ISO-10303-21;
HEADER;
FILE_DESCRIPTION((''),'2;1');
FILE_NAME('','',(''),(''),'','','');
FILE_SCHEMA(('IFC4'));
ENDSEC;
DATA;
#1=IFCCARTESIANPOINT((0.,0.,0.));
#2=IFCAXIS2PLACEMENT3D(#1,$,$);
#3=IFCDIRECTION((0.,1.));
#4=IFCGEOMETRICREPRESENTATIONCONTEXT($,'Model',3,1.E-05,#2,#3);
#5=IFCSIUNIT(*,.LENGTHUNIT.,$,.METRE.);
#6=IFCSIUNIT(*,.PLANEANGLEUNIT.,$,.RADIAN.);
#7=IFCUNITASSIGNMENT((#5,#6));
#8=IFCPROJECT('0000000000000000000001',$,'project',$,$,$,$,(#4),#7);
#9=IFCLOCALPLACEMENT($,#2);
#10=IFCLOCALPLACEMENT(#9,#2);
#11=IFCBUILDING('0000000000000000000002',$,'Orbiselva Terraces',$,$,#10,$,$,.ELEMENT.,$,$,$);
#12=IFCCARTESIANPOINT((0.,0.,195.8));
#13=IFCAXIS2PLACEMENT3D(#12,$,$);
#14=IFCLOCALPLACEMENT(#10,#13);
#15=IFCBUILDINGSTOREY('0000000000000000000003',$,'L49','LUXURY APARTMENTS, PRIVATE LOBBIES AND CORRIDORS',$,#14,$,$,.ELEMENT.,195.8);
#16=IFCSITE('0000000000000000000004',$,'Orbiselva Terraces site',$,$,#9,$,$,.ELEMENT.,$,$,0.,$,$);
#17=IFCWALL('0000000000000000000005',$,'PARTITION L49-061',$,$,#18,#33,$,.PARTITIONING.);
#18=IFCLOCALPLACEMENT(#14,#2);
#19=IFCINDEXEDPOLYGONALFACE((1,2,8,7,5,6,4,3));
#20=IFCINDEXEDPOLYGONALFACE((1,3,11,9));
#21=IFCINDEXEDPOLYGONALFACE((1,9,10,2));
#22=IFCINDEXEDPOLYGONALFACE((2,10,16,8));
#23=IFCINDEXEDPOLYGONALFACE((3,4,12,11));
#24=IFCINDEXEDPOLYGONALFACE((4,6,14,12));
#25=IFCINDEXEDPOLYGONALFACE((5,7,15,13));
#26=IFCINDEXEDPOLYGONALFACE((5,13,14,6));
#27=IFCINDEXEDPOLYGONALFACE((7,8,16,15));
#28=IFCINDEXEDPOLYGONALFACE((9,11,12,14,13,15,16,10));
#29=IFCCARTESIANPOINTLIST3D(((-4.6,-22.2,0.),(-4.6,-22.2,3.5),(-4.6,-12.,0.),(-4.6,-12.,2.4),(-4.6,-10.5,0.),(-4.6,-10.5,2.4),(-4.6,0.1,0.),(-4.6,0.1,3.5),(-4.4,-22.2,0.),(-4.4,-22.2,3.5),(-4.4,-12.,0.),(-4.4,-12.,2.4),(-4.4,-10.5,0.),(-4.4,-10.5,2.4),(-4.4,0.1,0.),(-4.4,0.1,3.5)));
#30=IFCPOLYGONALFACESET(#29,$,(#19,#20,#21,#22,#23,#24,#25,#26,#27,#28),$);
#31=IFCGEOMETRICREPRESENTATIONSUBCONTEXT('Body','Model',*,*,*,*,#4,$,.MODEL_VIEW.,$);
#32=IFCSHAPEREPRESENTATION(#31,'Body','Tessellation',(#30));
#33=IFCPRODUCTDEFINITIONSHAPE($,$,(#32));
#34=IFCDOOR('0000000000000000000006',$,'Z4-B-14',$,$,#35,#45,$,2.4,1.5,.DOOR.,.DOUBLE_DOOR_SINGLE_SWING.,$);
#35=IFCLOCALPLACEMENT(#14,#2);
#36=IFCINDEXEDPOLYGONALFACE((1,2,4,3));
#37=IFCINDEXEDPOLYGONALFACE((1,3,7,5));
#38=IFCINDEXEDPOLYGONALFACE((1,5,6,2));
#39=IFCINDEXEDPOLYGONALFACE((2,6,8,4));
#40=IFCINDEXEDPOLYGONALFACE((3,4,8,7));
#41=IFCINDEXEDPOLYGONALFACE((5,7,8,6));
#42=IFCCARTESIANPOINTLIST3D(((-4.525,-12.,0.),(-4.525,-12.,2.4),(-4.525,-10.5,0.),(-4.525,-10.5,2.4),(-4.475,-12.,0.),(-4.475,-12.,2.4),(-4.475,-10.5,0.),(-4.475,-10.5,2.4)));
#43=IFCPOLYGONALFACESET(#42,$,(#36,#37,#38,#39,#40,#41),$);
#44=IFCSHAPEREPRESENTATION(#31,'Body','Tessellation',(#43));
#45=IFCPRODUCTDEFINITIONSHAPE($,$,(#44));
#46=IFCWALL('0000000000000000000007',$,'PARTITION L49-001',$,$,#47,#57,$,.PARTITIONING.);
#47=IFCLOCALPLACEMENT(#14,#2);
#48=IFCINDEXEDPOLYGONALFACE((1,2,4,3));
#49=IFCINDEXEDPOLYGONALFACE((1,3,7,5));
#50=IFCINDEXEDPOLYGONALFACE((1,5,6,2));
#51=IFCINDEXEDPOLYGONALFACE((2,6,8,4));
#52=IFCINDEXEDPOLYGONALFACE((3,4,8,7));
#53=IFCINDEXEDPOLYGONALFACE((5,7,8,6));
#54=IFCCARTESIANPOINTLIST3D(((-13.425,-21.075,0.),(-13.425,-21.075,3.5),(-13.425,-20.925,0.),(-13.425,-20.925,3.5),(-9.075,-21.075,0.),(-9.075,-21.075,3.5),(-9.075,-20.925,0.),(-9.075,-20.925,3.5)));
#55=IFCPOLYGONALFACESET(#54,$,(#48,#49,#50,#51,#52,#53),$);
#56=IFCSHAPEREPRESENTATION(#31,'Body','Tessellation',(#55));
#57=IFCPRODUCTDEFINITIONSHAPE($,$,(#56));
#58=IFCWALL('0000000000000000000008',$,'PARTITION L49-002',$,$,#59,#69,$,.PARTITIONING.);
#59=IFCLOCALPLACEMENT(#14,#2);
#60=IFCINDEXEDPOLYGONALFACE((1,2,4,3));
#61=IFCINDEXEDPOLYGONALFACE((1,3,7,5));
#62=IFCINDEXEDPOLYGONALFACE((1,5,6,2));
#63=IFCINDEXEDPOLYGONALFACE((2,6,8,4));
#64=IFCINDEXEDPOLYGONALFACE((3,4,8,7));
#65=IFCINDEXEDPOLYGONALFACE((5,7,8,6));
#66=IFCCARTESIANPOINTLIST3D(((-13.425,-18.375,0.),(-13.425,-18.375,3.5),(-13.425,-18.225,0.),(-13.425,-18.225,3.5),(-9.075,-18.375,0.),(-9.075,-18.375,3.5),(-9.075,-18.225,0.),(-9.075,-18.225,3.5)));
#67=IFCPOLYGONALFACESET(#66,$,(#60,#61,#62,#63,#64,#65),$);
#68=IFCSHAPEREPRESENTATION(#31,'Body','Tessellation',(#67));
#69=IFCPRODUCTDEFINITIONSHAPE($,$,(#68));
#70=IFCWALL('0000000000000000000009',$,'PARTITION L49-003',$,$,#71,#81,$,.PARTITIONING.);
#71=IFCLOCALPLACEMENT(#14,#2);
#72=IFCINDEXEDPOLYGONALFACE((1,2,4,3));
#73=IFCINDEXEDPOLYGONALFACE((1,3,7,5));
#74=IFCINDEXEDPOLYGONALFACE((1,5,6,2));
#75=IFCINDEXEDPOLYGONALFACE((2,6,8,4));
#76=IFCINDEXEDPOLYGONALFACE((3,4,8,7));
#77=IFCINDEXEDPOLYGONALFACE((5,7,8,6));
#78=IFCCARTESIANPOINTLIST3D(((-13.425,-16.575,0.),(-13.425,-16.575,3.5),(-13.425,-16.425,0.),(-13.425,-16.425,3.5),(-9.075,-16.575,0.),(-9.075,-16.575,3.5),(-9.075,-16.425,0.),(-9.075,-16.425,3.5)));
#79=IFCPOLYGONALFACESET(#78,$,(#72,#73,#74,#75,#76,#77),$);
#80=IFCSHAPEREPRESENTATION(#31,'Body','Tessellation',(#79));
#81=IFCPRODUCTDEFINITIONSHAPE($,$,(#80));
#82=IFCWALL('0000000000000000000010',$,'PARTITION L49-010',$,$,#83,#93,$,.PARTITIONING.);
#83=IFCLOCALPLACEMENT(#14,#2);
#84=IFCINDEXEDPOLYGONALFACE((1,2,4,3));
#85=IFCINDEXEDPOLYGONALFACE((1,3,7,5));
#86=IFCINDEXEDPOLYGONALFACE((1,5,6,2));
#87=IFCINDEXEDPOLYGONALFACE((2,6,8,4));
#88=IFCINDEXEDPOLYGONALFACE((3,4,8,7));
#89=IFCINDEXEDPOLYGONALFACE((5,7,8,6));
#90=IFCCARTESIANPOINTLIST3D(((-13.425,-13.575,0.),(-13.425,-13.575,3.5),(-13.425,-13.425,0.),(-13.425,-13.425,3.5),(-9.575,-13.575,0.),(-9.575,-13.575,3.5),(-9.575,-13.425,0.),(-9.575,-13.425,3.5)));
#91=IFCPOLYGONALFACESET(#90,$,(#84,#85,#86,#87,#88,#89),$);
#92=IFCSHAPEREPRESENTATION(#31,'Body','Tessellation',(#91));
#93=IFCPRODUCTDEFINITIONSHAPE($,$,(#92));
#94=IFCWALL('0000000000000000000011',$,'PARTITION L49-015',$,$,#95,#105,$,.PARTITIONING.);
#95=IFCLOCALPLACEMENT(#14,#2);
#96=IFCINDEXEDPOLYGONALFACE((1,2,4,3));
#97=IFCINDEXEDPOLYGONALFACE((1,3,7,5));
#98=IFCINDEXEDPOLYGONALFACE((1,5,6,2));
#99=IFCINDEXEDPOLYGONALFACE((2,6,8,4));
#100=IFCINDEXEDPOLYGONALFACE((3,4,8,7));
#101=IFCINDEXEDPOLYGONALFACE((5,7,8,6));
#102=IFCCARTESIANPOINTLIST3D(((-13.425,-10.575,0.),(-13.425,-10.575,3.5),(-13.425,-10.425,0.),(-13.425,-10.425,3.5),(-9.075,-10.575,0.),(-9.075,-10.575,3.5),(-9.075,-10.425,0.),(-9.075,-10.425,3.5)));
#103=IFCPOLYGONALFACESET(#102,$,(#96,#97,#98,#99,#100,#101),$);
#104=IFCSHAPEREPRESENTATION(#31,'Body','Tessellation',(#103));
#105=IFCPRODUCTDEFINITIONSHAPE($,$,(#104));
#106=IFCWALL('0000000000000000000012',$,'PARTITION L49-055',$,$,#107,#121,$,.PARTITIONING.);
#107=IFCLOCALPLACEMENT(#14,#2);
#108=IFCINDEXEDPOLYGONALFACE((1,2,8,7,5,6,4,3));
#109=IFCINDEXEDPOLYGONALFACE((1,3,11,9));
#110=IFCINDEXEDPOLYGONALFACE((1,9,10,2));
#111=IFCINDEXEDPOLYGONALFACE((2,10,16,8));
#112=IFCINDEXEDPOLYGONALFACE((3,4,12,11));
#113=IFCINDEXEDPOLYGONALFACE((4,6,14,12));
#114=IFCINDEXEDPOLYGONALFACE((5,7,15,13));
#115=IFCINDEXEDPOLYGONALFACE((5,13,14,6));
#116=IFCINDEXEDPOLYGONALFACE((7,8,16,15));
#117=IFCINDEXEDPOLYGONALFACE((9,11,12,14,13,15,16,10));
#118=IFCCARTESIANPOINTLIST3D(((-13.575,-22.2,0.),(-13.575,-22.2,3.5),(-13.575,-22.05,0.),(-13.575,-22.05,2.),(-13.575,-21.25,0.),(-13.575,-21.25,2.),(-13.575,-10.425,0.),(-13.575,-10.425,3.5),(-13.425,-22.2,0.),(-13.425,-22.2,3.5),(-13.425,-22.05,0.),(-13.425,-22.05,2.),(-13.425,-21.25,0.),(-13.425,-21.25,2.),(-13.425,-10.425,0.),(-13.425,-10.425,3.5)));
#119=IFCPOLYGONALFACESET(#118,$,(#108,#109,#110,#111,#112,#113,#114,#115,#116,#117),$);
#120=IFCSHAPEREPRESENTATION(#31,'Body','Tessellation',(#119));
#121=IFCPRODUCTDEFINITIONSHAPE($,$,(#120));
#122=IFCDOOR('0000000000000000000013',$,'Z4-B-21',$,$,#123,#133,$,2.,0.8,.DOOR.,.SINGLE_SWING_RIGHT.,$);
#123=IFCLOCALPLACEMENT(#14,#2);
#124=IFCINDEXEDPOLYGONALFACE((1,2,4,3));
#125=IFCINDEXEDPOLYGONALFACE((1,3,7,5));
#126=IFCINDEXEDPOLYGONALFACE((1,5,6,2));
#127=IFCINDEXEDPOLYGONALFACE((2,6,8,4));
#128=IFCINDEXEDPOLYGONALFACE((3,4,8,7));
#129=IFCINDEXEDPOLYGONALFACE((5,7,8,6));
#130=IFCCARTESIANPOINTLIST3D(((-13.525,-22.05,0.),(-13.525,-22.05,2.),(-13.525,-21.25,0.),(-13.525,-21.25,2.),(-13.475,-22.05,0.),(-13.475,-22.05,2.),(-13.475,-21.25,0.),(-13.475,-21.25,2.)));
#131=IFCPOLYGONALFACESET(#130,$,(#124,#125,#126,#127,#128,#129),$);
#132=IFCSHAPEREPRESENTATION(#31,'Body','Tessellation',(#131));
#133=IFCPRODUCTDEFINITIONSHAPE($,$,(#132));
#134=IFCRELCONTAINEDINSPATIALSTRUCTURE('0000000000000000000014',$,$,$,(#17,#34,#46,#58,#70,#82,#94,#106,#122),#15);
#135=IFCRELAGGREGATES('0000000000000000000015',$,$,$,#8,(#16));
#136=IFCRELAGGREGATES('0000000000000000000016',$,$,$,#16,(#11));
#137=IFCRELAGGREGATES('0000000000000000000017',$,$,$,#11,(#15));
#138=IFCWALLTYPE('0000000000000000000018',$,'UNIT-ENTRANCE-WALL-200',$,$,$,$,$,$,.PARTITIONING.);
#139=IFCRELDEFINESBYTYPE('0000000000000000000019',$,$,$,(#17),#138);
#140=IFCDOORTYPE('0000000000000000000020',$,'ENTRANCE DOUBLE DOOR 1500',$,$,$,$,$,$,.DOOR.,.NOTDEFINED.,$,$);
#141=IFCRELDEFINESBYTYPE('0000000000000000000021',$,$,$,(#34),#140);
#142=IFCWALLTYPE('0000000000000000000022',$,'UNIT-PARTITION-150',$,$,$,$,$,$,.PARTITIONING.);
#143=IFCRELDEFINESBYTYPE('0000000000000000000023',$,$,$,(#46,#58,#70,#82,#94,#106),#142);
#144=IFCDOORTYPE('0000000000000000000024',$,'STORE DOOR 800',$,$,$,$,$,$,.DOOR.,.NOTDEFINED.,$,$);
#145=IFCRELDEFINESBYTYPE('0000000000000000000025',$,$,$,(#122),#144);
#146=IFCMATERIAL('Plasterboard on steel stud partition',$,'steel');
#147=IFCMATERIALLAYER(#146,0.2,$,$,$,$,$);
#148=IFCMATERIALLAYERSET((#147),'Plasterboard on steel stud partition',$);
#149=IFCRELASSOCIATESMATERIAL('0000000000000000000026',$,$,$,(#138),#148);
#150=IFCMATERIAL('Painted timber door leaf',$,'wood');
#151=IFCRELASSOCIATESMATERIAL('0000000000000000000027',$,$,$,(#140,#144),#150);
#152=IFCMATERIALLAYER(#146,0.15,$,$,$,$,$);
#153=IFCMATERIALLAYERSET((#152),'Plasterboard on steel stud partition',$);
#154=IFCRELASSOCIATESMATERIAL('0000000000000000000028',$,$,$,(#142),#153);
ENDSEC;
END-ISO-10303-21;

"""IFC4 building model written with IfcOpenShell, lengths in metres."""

from ifc_helpers import new_model, si_unit, direction, frame, frame_2d, origin, place, context, subcontext, project, spatial, rectangle, extrude, material, layer, layer_set, type_object, element, fill, save


model = new_model("IFC4")

# Units and contexts
model_context = context("Model", 3, precision=1e-05, world=origin(), true_north=direction((0.0, 1.0)))
body_context = subcontext(model_context, "Body", "Model", "MODEL_VIEW")
ifc_project = project(units=[si_unit("LENGTHUNIT", "METRE"), si_unit("PLANEANGLEUNIT", "RADIAN")], contexts=[model_context])

# Site, building, storey
site_placement = place(None, origin())
site = spatial("IfcSite", under=ifc_project, at=site_placement, Name="Orbiselva Terraces site", CompositionType="ELEMENT", RefElevation=0.0)
building_placement = place(site_placement, origin())
building = spatial("IfcBuilding", under=site, at=building_placement, Name="Orbiselva Terraces", CompositionType="ELEMENT")
storey_placement = place(building_placement, frame((0.0, 0.0, 195.8)))
storey = spatial("IfcBuildingStorey", under=building, at=storey_placement, Name="L49", Description="LUXURY APARTMENTS, PRIVATE LOBBIES AND CORRIDORS", CompositionType="ELEMENT", Elevation=195.8)

# Wall, opening, door
ifc_material_1 = material(Name="Plasterboard on steel stud partition", Category="steel")
ifc_layer_1 = layer(ifc_material_1, 0.2)
ifc_layer_set_1 = layer_set([ifc_layer_1], Name="Plasterboard on steel stud partition")
wall_type_1 = type_object("IfcWallType", Name="UNIT-ENTRANCE-WALL-200", PredefinedType="PARTITIONING", material=ifc_layer_set_1)
wall_1_placement = place(storey_placement, frame((-4.5, -22.2, 0.0), z_axis=(0.0, 0.0, 1.0), x_axis=(0.0, 1.0, 0.0)))
wall_1 = element("IfcWall", 1, at=wall_1_placement, inside=storey, type_object=wall_type_1, Name="PARTITION L49-061", PredefinedType="PARTITIONING", context=body_context, shape_type="SweptSolid", body=[
    extrude(rectangle(XDim=22.3, YDim=0.2, at=frame_2d((11.15, 0.0))), origin(), (0.0, 0.0, 1.0), 3.5),
])
opening_1_placement = place(wall_1_placement, frame((10.2, 0.0, 0.0)))
opening_1 = element("IfcOpeningElement", 2, at=opening_1_placement, cuts=wall_1, PredefinedType="OPENING", context=body_context, shape_type="SweptSolid", body=[
    extrude(rectangle(XDim=1.5, YDim=2.4, at=frame_2d((0.75, 1.2))), frame((0.0, 0.11, 0.0), z_axis=(0.0, -1.0, 0.0), x_axis=(1.0, 0.0, 0.0)), (0.0, 0.0, 1.0), 0.22),
])
ifc_material_2 = material(Name="Painted timber door leaf", Category="wood")
door_type_1 = type_object("IfcDoorType", Name="ENTRANCE DOUBLE DOOR 1500", OperationType="NOTDEFINED", PredefinedType="DOOR", material=ifc_material_2)
door_1_placement = place(opening_1_placement, origin())
door_1 = element("IfcDoor", 3, at=door_1_placement, inside=storey, type_object=door_type_1, Name="Z4-B-14", OperationType="DOUBLE_DOOR_SINGLE_SWING", OverallHeight=2.4, OverallWidth=1.5, PredefinedType="DOOR", context=body_context, shape_type="SweptSolid", body=[
    extrude(rectangle(XDim=1.5, YDim=2.4, at=frame_2d((0.75, 1.2))), frame((0.0, 0.025, 0.0), z_axis=(0.0, -1.0, 0.0), x_axis=(1.0, 0.0, 0.0)), (0.0, 0.0, 1.0), 0.05),
])
fill(opening_1, door_1)

# Walls
ifc_layer_2 = layer(ifc_material_1, 0.15)
ifc_layer_set_2 = layer_set([ifc_layer_2], Name="Plasterboard on steel stud partition")
wall_type_2 = type_object("IfcWallType", Name="UNIT-PARTITION-150", PredefinedType="PARTITIONING", material=ifc_layer_set_2)
for number, where, z_axis, x_axis, name in (
    (4, (-13.425, -21.0, 0.0), (0.0, 0.0, 1.0), (1.0, 0.0, 0.0), "PARTITION L49-001"),
    (5, (-13.425, -18.3, 0.0), (0.0, 0.0, 1.0), (1.0, 0.0, 0.0), "PARTITION L49-002"),
    (6, (-13.425, -16.5, 0.0), (0.0, 0.0, 1.0), (1.0, 0.0, 0.0), "PARTITION L49-003"),
):
    element("IfcWall", number, at=place(storey_placement, frame(where, z_axis=z_axis, x_axis=x_axis)), inside=storey, type_object=wall_type_2, Name=name, PredefinedType="PARTITIONING", context=body_context, shape_type="SweptSolid", body=[
        extrude(rectangle(XDim=4.35, YDim=0.15, at=frame_2d((2.175, 0.0))), origin(), (0.0, 0.0, 1.0), 3.5),
    ])
wall_2_placement = place(storey_placement, frame((-13.425, -13.5, 0.0), z_axis=(0.0, 0.0, 1.0), x_axis=(1.0, 0.0, 0.0)))
element("IfcWall", 7, at=wall_2_placement, inside=storey, type_object=wall_type_2, Name="PARTITION L49-010", PredefinedType="PARTITIONING", context=body_context, shape_type="SweptSolid", body=[
    extrude(rectangle(XDim=3.85, YDim=0.15, at=frame_2d((1.925, 0.0))), origin(), (0.0, 0.0, 1.0), 3.5),
])
wall_3_placement = place(storey_placement, frame((-13.425, -10.5, 0.0), z_axis=(0.0, 0.0, 1.0), x_axis=(1.0, 0.0, 0.0)))
element("IfcWall", 8, at=wall_3_placement, inside=storey, type_object=wall_type_2, Name="PARTITION L49-015", PredefinedType="PARTITIONING", context=body_context, shape_type="SweptSolid", body=[
    extrude(rectangle(XDim=4.35, YDim=0.15, at=frame_2d((2.175, 0.0))), origin(), (0.0, 0.0, 1.0), 3.5),
])

# Wall, opening, door
wall_4_placement = place(storey_placement, frame((-13.5, -10.425, 0.0), z_axis=(0.0, 0.0, 1.0), x_axis=(0.0, -1.0, 0.0)))
wall_4 = element("IfcWall", 9, at=wall_4_placement, inside=storey, type_object=wall_type_2, Name="PARTITION L49-055", PredefinedType="PARTITIONING", context=body_context, shape_type="SweptSolid", body=[
    extrude(rectangle(XDim=11.775, YDim=0.15, at=frame_2d((5.8875, 0.0))), origin(), (0.0, 0.0, 1.0), 3.5),
])
opening_2_placement = place(wall_4_placement, frame((10.825, 0.0, 0.0)))
opening_2 = element("IfcOpeningElement", 10, at=opening_2_placement, cuts=wall_4, PredefinedType="OPENING", context=body_context, shape_type="SweptSolid", body=[
    extrude(rectangle(XDim=0.8, YDim=2.0, at=frame_2d((0.4, 1.0))), frame((0.0, 0.085, 0.0), z_axis=(0.0, -1.0, 0.0), x_axis=(1.0, 0.0, 0.0)), (0.0, 0.0, 1.0), 0.17),
])
door_type_2 = type_object("IfcDoorType", Name="STORE DOOR 800", OperationType="NOTDEFINED", PredefinedType="DOOR", material=ifc_material_2)
door_2_placement = place(opening_2_placement, origin())
door_2 = element("IfcDoor", 11, at=door_2_placement, inside=storey, type_object=door_type_2, Name="Z4-B-21", OperationType="SINGLE_SWING_RIGHT", OverallHeight=2.0, OverallWidth=0.8, PredefinedType="DOOR", context=body_context, shape_type="SweptSolid", body=[
    extrude(rectangle(XDim=0.8, YDim=2.0, at=frame_2d((0.4, 1.0))), frame((0.0, 0.025, 0.0), z_axis=(0.0, -1.0, 0.0), x_axis=(1.0, 0.0, 0.0)), (0.0, 0.0, 1.0), 0.05),
])
fill(opening_2, door_2)

save(model, "model.ifc")
